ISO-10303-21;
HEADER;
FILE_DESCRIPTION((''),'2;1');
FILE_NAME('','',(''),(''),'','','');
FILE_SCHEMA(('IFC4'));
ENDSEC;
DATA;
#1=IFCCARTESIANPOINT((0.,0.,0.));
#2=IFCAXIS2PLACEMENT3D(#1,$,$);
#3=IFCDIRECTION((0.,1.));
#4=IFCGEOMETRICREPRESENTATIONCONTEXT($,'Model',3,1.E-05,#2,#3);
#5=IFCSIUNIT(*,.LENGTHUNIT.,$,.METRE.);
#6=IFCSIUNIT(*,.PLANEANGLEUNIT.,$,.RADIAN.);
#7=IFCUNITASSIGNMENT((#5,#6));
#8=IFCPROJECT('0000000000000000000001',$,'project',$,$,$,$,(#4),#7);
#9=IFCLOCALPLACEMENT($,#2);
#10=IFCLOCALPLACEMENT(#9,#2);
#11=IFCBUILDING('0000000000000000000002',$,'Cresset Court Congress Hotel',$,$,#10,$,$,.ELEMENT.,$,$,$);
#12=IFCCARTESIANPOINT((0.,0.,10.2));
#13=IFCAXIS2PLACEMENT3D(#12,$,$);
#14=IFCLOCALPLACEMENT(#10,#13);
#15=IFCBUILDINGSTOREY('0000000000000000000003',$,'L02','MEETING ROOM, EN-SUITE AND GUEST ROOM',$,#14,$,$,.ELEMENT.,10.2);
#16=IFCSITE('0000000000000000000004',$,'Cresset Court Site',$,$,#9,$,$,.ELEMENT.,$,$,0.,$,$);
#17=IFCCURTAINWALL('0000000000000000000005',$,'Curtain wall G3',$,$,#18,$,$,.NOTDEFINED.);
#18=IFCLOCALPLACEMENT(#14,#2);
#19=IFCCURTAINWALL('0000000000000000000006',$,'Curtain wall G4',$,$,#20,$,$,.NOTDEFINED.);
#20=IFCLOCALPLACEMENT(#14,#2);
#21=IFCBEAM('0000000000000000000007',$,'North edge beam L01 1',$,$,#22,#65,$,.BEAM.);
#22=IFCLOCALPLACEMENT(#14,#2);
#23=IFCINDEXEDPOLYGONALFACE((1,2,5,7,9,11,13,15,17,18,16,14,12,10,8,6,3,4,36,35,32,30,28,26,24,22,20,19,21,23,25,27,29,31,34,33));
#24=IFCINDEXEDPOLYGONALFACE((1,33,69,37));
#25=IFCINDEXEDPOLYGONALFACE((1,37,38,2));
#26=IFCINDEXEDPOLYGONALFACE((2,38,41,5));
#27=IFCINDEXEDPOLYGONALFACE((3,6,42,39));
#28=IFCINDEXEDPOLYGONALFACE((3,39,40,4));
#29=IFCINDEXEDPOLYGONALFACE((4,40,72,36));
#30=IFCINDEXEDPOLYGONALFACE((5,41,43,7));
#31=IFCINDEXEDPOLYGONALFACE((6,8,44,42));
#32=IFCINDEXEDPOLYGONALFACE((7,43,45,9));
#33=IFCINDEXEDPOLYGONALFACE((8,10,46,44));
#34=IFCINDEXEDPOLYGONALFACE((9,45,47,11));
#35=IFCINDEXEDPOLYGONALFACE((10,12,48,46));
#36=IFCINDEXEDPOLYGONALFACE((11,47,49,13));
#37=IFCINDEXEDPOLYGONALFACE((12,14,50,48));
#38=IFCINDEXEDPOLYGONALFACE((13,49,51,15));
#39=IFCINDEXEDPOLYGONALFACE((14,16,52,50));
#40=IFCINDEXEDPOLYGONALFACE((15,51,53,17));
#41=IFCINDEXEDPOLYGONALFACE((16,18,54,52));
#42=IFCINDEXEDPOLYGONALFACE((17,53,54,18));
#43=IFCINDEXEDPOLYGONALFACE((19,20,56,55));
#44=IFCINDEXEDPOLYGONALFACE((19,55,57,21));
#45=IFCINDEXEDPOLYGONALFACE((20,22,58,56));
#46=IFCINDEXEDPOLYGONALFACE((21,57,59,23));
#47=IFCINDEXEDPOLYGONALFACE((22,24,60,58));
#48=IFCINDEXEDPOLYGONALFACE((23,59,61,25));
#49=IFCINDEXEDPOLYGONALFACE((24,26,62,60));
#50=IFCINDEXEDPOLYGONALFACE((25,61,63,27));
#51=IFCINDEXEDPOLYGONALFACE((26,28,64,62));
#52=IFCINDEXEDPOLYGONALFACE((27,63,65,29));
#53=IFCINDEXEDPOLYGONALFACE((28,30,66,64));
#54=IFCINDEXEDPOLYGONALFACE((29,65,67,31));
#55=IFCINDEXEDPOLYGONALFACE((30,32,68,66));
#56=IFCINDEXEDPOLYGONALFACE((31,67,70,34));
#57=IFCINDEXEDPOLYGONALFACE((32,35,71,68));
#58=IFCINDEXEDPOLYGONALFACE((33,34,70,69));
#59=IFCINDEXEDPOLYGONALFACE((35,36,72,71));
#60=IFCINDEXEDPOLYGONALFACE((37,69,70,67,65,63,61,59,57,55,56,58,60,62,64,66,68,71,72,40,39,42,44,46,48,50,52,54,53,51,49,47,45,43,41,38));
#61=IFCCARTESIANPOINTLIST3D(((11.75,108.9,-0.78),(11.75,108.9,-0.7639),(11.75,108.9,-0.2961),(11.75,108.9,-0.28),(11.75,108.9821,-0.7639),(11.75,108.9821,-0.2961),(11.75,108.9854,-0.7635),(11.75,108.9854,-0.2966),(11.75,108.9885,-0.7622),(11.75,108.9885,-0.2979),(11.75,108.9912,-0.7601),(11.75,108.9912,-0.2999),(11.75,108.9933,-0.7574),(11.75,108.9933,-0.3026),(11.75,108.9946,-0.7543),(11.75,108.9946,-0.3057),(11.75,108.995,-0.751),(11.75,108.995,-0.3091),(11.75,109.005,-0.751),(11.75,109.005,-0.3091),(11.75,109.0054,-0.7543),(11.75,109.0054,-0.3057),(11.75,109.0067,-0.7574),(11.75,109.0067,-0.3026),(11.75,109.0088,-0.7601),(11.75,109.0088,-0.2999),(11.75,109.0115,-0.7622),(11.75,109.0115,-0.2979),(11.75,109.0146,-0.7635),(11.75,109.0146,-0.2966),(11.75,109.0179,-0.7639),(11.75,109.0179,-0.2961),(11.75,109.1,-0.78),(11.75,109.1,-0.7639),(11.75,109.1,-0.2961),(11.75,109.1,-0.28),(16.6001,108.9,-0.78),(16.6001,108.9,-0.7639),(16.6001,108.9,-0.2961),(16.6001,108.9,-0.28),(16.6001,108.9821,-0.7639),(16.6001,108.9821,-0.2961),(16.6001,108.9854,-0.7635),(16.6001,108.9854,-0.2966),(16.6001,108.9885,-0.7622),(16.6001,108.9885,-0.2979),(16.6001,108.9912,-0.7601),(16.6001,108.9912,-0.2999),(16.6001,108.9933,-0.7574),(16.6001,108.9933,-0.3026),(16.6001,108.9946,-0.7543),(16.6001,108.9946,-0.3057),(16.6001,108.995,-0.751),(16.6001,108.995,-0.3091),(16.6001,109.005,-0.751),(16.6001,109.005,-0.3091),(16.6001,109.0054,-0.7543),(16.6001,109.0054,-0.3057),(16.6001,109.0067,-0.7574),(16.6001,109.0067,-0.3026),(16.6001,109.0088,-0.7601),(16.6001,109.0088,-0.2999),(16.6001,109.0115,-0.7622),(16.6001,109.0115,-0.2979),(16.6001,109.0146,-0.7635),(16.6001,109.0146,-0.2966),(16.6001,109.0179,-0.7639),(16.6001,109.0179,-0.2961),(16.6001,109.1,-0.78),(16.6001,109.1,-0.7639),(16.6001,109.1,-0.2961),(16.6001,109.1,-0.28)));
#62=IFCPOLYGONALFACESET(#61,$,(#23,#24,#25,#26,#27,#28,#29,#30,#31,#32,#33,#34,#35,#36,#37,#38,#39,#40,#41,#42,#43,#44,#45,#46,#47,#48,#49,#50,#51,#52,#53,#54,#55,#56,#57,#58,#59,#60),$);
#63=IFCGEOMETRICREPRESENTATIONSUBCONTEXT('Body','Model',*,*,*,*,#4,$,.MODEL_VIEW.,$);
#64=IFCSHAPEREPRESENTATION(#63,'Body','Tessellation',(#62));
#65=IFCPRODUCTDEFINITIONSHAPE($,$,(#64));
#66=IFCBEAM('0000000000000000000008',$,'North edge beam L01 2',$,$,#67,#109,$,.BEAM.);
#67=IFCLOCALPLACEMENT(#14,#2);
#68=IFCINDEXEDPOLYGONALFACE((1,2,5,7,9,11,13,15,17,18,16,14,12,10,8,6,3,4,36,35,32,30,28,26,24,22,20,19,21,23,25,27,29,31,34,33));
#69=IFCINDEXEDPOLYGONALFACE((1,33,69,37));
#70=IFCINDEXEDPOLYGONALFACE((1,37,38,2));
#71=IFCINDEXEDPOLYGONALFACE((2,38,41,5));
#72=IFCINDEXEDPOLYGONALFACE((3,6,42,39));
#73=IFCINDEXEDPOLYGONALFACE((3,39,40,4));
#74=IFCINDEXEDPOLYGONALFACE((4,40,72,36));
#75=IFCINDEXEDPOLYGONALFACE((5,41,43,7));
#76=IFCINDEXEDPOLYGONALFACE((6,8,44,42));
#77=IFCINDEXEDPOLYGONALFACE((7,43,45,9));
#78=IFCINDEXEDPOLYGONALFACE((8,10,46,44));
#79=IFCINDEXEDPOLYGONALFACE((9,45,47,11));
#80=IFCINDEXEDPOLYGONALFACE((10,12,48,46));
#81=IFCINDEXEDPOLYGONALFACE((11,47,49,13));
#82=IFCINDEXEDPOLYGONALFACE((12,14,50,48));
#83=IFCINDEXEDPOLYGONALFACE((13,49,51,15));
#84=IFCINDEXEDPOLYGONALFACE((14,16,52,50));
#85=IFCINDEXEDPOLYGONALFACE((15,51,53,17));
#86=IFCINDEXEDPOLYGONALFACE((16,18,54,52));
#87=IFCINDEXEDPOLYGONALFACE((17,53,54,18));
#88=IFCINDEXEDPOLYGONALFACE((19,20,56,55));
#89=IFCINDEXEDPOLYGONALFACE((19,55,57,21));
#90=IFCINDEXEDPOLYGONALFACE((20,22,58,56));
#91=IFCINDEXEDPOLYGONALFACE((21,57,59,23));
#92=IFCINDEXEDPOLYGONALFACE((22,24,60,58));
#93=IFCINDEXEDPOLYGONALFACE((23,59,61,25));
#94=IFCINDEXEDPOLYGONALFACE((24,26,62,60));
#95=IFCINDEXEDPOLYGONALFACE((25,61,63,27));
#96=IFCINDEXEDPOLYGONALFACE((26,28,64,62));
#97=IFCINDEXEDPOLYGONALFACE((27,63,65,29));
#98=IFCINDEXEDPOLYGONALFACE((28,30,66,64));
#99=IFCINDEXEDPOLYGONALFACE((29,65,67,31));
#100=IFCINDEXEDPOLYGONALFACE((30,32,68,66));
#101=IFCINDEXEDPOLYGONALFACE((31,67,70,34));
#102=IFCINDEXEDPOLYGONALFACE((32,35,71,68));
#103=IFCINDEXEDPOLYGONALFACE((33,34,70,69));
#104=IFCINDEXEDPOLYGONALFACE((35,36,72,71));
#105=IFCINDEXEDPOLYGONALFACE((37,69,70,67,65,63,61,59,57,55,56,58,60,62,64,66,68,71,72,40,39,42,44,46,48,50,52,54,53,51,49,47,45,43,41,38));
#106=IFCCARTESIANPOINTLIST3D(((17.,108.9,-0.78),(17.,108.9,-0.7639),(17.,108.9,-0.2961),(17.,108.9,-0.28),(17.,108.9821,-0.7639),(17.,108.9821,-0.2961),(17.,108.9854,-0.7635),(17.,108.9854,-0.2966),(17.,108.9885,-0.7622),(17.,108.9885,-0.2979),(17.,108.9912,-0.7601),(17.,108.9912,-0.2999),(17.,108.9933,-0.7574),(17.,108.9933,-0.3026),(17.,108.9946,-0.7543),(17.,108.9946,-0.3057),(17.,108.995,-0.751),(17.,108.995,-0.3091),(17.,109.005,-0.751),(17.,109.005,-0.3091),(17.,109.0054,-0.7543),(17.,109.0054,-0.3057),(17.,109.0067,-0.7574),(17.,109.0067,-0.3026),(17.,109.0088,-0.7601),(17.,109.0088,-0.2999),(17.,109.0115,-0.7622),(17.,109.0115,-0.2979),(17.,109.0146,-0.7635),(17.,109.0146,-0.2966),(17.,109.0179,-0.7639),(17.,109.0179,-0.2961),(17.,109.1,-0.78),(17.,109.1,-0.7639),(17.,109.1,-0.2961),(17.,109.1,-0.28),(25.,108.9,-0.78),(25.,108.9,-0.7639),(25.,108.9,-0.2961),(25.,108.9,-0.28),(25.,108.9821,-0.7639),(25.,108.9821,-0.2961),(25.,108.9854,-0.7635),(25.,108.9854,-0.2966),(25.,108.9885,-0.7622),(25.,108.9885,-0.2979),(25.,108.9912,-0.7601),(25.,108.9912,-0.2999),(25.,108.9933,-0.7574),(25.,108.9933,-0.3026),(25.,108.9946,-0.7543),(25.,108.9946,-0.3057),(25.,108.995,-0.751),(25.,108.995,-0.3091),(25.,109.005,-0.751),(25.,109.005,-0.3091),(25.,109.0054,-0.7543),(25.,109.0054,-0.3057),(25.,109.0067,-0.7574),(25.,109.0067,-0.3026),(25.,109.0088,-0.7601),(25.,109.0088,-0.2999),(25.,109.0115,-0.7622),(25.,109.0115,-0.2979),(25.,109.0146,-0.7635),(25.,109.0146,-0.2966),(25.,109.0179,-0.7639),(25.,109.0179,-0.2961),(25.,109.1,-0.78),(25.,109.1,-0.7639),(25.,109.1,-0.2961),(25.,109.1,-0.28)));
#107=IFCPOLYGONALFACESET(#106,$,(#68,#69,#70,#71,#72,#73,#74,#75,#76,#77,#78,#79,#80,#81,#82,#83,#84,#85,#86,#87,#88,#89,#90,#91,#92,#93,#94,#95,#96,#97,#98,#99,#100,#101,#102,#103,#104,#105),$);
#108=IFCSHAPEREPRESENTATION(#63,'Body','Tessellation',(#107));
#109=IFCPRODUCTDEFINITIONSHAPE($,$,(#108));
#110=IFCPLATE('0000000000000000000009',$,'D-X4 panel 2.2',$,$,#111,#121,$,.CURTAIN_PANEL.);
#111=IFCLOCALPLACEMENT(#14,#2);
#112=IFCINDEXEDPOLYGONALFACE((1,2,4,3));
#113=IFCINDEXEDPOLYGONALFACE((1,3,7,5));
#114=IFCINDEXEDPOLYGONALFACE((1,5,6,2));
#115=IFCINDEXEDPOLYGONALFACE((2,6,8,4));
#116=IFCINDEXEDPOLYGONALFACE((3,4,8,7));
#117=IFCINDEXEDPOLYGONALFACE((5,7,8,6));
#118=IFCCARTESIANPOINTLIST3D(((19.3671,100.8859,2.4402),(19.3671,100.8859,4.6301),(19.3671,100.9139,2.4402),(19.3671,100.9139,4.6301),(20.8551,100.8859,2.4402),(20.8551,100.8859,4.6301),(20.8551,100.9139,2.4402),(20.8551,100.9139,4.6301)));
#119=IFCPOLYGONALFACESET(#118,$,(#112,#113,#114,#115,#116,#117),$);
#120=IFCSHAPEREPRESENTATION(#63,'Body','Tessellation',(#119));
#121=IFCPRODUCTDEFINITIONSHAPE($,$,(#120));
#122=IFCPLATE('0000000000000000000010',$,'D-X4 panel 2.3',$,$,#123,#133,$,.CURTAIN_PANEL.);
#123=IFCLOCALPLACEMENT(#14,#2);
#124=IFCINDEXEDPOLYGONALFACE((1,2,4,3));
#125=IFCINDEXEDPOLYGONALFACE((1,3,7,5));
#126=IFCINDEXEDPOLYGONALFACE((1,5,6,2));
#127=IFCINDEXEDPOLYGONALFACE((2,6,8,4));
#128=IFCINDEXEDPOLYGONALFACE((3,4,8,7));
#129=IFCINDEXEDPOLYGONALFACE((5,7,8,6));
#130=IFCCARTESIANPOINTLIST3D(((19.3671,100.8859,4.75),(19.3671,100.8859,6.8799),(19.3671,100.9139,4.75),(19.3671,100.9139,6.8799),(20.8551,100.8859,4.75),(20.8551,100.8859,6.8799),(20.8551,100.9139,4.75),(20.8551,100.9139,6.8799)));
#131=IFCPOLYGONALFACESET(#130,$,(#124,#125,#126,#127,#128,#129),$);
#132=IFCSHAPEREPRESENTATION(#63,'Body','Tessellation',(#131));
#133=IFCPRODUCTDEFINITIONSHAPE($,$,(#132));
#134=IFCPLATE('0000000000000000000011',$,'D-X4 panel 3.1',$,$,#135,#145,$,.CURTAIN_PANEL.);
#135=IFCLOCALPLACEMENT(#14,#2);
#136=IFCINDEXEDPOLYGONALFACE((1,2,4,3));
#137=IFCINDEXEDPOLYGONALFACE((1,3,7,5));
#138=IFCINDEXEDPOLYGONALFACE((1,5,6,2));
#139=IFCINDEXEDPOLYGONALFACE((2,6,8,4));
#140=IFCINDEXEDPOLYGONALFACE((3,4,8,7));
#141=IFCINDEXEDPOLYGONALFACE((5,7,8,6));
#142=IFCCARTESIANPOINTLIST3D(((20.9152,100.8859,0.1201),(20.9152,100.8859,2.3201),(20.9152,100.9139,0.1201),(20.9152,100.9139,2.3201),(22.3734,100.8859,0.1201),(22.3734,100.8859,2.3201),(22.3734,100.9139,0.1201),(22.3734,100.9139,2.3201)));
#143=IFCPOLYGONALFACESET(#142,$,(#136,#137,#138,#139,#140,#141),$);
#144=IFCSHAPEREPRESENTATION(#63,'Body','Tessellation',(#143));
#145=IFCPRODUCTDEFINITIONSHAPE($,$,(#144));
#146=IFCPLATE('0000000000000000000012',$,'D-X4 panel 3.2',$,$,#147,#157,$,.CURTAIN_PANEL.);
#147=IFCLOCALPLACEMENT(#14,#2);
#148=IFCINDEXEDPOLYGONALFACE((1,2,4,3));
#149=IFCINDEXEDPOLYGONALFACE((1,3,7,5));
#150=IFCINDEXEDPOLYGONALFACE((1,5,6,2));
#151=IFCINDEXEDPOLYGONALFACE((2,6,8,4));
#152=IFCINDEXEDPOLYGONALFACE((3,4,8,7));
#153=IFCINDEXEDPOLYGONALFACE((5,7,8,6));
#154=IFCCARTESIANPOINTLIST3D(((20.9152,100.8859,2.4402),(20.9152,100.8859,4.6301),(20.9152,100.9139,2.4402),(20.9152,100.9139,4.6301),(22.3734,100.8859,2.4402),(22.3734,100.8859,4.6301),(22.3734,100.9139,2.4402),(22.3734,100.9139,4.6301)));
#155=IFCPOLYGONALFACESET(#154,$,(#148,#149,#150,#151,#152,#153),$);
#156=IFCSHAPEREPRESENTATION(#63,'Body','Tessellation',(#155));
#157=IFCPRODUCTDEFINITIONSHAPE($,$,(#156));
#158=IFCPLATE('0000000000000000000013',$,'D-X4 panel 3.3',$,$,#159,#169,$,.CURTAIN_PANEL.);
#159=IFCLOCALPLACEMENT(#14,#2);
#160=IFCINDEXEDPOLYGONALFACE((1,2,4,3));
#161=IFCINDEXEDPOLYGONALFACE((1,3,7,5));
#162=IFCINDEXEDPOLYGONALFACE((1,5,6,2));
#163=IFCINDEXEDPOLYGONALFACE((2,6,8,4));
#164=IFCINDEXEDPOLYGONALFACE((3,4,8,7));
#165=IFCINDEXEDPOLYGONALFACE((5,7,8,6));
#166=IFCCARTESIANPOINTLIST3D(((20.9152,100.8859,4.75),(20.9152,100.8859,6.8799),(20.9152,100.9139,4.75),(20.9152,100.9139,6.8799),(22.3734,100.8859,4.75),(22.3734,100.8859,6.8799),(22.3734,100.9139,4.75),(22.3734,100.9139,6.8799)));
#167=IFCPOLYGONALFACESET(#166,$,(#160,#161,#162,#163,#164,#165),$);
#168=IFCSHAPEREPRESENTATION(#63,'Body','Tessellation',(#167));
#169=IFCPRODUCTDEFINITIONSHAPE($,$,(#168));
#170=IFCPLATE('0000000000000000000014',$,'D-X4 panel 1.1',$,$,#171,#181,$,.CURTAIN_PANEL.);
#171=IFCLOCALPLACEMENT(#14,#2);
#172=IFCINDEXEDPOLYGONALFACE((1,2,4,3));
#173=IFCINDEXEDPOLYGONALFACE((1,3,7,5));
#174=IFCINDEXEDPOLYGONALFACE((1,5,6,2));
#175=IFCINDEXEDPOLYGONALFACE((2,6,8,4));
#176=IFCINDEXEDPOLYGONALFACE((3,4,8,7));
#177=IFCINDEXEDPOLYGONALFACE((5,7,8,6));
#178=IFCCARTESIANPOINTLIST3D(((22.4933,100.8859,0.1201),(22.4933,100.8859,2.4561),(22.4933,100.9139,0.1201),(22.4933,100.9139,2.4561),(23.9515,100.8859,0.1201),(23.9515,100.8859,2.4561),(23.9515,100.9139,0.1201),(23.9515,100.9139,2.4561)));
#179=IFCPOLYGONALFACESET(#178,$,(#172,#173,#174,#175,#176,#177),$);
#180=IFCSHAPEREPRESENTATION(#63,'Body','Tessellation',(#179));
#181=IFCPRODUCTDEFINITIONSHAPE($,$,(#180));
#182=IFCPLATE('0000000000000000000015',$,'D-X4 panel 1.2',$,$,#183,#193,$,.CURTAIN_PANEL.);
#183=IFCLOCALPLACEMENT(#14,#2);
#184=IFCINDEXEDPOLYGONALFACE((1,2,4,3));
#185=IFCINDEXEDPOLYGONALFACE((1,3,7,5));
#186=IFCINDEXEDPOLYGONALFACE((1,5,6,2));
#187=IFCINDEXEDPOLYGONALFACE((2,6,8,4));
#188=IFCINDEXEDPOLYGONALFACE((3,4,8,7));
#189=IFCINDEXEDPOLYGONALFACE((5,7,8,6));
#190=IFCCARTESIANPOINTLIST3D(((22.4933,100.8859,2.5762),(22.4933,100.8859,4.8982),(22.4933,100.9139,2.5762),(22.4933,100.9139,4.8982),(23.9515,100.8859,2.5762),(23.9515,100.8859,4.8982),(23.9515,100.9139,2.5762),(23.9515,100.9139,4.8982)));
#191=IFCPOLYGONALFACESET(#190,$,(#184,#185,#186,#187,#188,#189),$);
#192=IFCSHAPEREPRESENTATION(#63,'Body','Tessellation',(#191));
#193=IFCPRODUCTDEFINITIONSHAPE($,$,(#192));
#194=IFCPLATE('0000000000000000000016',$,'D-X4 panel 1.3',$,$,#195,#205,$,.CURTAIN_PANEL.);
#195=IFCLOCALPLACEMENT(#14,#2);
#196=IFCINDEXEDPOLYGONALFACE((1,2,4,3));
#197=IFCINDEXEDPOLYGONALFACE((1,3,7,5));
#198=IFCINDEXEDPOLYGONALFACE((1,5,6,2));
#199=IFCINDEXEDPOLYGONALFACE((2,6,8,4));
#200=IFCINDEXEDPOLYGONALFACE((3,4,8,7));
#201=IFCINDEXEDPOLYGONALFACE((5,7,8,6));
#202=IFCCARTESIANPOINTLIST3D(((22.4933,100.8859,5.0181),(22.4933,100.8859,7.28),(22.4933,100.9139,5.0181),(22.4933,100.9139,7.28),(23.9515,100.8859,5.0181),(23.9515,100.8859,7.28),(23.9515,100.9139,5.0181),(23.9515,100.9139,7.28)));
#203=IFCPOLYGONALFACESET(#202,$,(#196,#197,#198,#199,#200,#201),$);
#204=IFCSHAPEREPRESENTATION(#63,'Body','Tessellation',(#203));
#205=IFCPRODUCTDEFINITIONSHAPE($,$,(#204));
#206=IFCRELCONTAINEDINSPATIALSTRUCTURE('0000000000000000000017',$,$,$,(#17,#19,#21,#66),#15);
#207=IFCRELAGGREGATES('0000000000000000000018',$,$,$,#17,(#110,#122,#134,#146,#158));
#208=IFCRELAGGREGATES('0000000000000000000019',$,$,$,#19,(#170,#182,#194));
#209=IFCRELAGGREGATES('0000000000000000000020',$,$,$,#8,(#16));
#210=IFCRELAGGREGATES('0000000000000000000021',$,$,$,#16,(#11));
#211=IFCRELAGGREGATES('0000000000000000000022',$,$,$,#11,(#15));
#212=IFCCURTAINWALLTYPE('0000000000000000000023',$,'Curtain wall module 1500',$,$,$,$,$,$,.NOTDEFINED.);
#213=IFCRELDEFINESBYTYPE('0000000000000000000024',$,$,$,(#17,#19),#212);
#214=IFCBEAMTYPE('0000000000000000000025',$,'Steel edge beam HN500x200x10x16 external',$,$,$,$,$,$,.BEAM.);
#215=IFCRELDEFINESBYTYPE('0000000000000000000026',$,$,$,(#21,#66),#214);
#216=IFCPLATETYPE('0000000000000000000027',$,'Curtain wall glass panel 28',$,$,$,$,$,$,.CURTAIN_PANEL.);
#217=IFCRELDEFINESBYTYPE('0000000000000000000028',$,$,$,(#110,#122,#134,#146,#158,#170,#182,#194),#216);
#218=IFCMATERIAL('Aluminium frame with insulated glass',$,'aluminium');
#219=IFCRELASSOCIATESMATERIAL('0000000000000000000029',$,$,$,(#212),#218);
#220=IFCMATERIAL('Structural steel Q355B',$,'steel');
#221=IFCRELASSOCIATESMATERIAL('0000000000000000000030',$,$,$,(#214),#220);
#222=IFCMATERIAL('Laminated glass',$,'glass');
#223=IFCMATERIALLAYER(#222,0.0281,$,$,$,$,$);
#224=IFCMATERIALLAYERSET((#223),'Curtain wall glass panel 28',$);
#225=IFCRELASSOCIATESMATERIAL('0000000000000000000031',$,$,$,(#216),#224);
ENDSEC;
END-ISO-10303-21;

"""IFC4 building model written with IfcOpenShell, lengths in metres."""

from ifc_helpers import new_model, si_unit, direction, frame, origin, origin_2d, place, context, subcontext, project, spatial, rectangle, i_section, extrude, material, layer, layer_set, material_profile, profile_set, type_object, element, aggregate, save


model = new_model("IFC4")

# Units and contexts
model_context = context("Model", 3, precision=1e-05, world=origin(), true_north=direction((0.0, 1.0)))
body_context = subcontext(model_context, "Body", "Model", "MODEL_VIEW")
ifc_project = project(units=[si_unit("LENGTHUNIT", "METRE"), si_unit("PLANEANGLEUNIT", "RADIAN")], contexts=[model_context])

# Site, building, storey
site_placement = place(None, origin())
site = spatial("IfcSite", under=ifc_project, at=site_placement, Name="Cresset Court Site", CompositionType="ELEMENT", RefElevation=0.0)
building_placement = place(site_placement, origin())
building = spatial("IfcBuilding", under=site, at=building_placement, Name="Cresset Court Congress Hotel", CompositionType="ELEMENT")
storey_placement = place(building_placement, frame((0.0, 0.0, 10.2)))
storey = spatial("IfcBuildingStorey", under=building, at=storey_placement, Name="L02", Description="MEETING ROOM, EN-SUITE AND GUEST ROOM", CompositionType="ELEMENT", Elevation=10.2)

# Curtain walls
ifc_material_1 = material(Name="Aluminium frame with insulated glass", Category="aluminium")
curtain_wall_type = type_object("IfcCurtainWallType", Name="Curtain wall module 1500", PredefinedType="NOTDEFINED", material=ifc_material_1)
curtain_wall_1_placement = place(storey_placement, origin())
curtain_wall_1 = element("IfcCurtainWall", 1, at=curtain_wall_1_placement, inside=storey, type_object=curtain_wall_type, Name="Curtain wall G3", PredefinedType="NOTDEFINED")
curtain_wall_2_placement = place(storey_placement, origin())
curtain_wall_2 = element("IfcCurtainWall", 2, at=curtain_wall_2_placement, inside=storey, type_object=curtain_wall_type, Name="Curtain wall G4", PredefinedType="NOTDEFINED")

# Beams
ifc_material_2 = material(Name="Structural steel Q355B", Category="steel")
ifc_material_profile_1 = material_profile(ifc_material_2, i_section(OverallWidth=0.2, OverallDepth=0.5, WebThickness=0.01, FlangeThickness=0.0161, FilletRadius=0.0129, at=origin_2d()), Name="HN500x200x10x16")
ifc_profile_set_1 = profile_set([ifc_material_profile_1], Name="Structural steel Q355B")
beam_type = type_object("IfcBeamType", Name="Steel edge beam HN500x200x10x16 external", PredefinedType="BEAM", material=ifc_profile_set_1)
beam_1_placement = place(storey_placement, frame((11.75, 109.0, -0.53), z_axis=(1.0, 0.0, 0.0), x_axis=(0.0, 1.0, 0.0)))
element("IfcBeam", 3, at=beam_1_placement, inside=storey, type_object=beam_type, Name="North edge beam L01 1", PredefinedType="BEAM", context=body_context, shape_type="SweptSolid", body=[
    extrude(i_section(OverallWidth=0.2, OverallDepth=0.5, WebThickness=0.01, FlangeThickness=0.0161, FilletRadius=0.0129, at=origin_2d()), origin(), (0.0, 0.0, 1.0), 4.8501),
])
beam_2_placement = place(storey_placement, frame((17.0, 109.0, -0.53), z_axis=(1.0, 0.0, 0.0), x_axis=(0.0, 1.0, 0.0)))
element("IfcBeam", 4, at=beam_2_placement, inside=storey, type_object=beam_type, Name="North edge beam L01 2", PredefinedType="BEAM", context=body_context, shape_type="SweptSolid", body=[
    extrude(i_section(OverallWidth=0.2, OverallDepth=0.5, WebThickness=0.01, FlangeThickness=0.0161, FilletRadius=0.0129, at=origin_2d()), origin(), (0.0, 0.0, 1.0), 8.0),
])

# Plates
ifc_material_3 = material(Name="Laminated glass", Category="glass")
ifc_layer = layer(ifc_material_3, 0.0281)
ifc_layer_set = layer_set([ifc_layer], Name="Curtain wall glass panel 28")
plate_type = type_object("IfcPlateType", Name="Curtain wall glass panel 28", PredefinedType="CURTAIN_PANEL", material=ifc_layer_set)
plate_1_placement = place(storey_placement, frame((20.1111, 100.8999, 2.4402), z_axis=(0.0, 0.0, 1.0), x_axis=(1.0, 0.0, 0.0)))
plate_1 = element("IfcPlate", 5, at=plate_1_placement, type_object=plate_type, Name="D-X4 panel 2.2", PredefinedType="CURTAIN_PANEL", context=body_context, shape_type="SweptSolid", body=[
    extrude(rectangle(XDim=1.488, YDim=0.0281, at=origin_2d()), origin(), (0.0, 0.0, 1.0), 2.1899),
])
plate_2_placement = place(storey_placement, frame((20.1111, 100.8999, 4.75), z_axis=(0.0, 0.0, 1.0), x_axis=(1.0, 0.0, 0.0)))
plate_2 = element("IfcPlate", 6, at=plate_2_placement, type_object=plate_type, Name="D-X4 panel 2.3", PredefinedType="CURTAIN_PANEL", context=body_context, shape_type="SweptSolid", body=[
    extrude(rectangle(XDim=1.488, YDim=0.0281, at=origin_2d()), origin(), (0.0, 0.0, 1.0), 2.1299),
])
plate_3_placement = place(storey_placement, frame((21.6443, 100.8999, 0.1201), z_axis=(0.0, 0.0, 1.0), x_axis=(1.0, 0.0, 0.0)))
plate_3 = element("IfcPlate", 7, at=plate_3_placement, type_object=plate_type, Name="D-X4 panel 3.1", PredefinedType="CURTAIN_PANEL", context=body_context, shape_type="SweptSolid", body=[
    extrude(rectangle(XDim=1.4583, YDim=0.0281, at=origin_2d()), origin(), (0.0, 0.0, 1.0), 2.2),
])
plate_4_placement = place(storey_placement, frame((21.6443, 100.8999, 2.4402), z_axis=(0.0, 0.0, 1.0), x_axis=(1.0, 0.0, 0.0)))
plate_4 = element("IfcPlate", 8, at=plate_4_placement, type_object=plate_type, Name="D-X4 panel 3.2", PredefinedType="CURTAIN_PANEL", context=body_context, shape_type="SweptSolid", body=[
    extrude(rectangle(XDim=1.4583, YDim=0.0281, at=origin_2d()), origin(), (0.0, 0.0, 1.0), 2.1899),
])
plate_5_placement = place(storey_placement, frame((21.6443, 100.8999, 4.75), z_axis=(0.0, 0.0, 1.0), x_axis=(1.0, 0.0, 0.0)))
plate_5 = element("IfcPlate", 9, at=plate_5_placement, type_object=plate_type, Name="D-X4 panel 3.3", PredefinedType="CURTAIN_PANEL", context=body_context, shape_type="SweptSolid", body=[
    extrude(rectangle(XDim=1.4583, YDim=0.0281, at=origin_2d()), origin(), (0.0, 0.0, 1.0), 2.1299),
])
aggregate(curtain_wall_1, [plate_1, plate_2, plate_3, plate_4, plate_5])
plate_6_placement = place(storey_placement, frame((23.2224, 100.8999, 0.1201), z_axis=(0.0, 0.0, 1.0), x_axis=(1.0, 0.0, 0.0)))
plate_6 = element("IfcPlate", 10, at=plate_6_placement, type_object=plate_type, Name="D-X4 panel 1.1", PredefinedType="CURTAIN_PANEL", context=body_context, shape_type="SweptSolid", body=[
    extrude(rectangle(XDim=1.4583, YDim=0.0281, at=origin_2d()), origin(), (0.0, 0.0, 1.0), 2.3359),
])
plate_7_placement = place(storey_placement, frame((23.2224, 100.8999, 2.5762), z_axis=(0.0, 0.0, 1.0), x_axis=(1.0, 0.0, 0.0)))
plate_7 = element("IfcPlate", 11, at=plate_7_placement, type_object=plate_type, Name="D-X4 panel 1.2", PredefinedType="CURTAIN_PANEL", context=body_context, shape_type="SweptSolid", body=[
    extrude(rectangle(XDim=1.4583, YDim=0.0281, at=origin_2d()), origin(), (0.0, 0.0, 1.0), 2.322),
])
plate_8_placement = place(storey_placement, frame((23.2224, 100.8999, 5.0181), z_axis=(0.0, 0.0, 1.0), x_axis=(1.0, 0.0, 0.0)))
plate_8 = element("IfcPlate", 12, at=plate_8_placement, type_object=plate_type, Name="D-X4 panel 1.3", PredefinedType="CURTAIN_PANEL", context=body_context, shape_type="SweptSolid", body=[
    extrude(rectangle(XDim=1.4583, YDim=0.0281, at=origin_2d()), origin(), (0.0, 0.0, 1.0), 2.262),
])
aggregate(curtain_wall_2, [plate_6, plate_7, plate_8])

save(model, "model.ifc")
